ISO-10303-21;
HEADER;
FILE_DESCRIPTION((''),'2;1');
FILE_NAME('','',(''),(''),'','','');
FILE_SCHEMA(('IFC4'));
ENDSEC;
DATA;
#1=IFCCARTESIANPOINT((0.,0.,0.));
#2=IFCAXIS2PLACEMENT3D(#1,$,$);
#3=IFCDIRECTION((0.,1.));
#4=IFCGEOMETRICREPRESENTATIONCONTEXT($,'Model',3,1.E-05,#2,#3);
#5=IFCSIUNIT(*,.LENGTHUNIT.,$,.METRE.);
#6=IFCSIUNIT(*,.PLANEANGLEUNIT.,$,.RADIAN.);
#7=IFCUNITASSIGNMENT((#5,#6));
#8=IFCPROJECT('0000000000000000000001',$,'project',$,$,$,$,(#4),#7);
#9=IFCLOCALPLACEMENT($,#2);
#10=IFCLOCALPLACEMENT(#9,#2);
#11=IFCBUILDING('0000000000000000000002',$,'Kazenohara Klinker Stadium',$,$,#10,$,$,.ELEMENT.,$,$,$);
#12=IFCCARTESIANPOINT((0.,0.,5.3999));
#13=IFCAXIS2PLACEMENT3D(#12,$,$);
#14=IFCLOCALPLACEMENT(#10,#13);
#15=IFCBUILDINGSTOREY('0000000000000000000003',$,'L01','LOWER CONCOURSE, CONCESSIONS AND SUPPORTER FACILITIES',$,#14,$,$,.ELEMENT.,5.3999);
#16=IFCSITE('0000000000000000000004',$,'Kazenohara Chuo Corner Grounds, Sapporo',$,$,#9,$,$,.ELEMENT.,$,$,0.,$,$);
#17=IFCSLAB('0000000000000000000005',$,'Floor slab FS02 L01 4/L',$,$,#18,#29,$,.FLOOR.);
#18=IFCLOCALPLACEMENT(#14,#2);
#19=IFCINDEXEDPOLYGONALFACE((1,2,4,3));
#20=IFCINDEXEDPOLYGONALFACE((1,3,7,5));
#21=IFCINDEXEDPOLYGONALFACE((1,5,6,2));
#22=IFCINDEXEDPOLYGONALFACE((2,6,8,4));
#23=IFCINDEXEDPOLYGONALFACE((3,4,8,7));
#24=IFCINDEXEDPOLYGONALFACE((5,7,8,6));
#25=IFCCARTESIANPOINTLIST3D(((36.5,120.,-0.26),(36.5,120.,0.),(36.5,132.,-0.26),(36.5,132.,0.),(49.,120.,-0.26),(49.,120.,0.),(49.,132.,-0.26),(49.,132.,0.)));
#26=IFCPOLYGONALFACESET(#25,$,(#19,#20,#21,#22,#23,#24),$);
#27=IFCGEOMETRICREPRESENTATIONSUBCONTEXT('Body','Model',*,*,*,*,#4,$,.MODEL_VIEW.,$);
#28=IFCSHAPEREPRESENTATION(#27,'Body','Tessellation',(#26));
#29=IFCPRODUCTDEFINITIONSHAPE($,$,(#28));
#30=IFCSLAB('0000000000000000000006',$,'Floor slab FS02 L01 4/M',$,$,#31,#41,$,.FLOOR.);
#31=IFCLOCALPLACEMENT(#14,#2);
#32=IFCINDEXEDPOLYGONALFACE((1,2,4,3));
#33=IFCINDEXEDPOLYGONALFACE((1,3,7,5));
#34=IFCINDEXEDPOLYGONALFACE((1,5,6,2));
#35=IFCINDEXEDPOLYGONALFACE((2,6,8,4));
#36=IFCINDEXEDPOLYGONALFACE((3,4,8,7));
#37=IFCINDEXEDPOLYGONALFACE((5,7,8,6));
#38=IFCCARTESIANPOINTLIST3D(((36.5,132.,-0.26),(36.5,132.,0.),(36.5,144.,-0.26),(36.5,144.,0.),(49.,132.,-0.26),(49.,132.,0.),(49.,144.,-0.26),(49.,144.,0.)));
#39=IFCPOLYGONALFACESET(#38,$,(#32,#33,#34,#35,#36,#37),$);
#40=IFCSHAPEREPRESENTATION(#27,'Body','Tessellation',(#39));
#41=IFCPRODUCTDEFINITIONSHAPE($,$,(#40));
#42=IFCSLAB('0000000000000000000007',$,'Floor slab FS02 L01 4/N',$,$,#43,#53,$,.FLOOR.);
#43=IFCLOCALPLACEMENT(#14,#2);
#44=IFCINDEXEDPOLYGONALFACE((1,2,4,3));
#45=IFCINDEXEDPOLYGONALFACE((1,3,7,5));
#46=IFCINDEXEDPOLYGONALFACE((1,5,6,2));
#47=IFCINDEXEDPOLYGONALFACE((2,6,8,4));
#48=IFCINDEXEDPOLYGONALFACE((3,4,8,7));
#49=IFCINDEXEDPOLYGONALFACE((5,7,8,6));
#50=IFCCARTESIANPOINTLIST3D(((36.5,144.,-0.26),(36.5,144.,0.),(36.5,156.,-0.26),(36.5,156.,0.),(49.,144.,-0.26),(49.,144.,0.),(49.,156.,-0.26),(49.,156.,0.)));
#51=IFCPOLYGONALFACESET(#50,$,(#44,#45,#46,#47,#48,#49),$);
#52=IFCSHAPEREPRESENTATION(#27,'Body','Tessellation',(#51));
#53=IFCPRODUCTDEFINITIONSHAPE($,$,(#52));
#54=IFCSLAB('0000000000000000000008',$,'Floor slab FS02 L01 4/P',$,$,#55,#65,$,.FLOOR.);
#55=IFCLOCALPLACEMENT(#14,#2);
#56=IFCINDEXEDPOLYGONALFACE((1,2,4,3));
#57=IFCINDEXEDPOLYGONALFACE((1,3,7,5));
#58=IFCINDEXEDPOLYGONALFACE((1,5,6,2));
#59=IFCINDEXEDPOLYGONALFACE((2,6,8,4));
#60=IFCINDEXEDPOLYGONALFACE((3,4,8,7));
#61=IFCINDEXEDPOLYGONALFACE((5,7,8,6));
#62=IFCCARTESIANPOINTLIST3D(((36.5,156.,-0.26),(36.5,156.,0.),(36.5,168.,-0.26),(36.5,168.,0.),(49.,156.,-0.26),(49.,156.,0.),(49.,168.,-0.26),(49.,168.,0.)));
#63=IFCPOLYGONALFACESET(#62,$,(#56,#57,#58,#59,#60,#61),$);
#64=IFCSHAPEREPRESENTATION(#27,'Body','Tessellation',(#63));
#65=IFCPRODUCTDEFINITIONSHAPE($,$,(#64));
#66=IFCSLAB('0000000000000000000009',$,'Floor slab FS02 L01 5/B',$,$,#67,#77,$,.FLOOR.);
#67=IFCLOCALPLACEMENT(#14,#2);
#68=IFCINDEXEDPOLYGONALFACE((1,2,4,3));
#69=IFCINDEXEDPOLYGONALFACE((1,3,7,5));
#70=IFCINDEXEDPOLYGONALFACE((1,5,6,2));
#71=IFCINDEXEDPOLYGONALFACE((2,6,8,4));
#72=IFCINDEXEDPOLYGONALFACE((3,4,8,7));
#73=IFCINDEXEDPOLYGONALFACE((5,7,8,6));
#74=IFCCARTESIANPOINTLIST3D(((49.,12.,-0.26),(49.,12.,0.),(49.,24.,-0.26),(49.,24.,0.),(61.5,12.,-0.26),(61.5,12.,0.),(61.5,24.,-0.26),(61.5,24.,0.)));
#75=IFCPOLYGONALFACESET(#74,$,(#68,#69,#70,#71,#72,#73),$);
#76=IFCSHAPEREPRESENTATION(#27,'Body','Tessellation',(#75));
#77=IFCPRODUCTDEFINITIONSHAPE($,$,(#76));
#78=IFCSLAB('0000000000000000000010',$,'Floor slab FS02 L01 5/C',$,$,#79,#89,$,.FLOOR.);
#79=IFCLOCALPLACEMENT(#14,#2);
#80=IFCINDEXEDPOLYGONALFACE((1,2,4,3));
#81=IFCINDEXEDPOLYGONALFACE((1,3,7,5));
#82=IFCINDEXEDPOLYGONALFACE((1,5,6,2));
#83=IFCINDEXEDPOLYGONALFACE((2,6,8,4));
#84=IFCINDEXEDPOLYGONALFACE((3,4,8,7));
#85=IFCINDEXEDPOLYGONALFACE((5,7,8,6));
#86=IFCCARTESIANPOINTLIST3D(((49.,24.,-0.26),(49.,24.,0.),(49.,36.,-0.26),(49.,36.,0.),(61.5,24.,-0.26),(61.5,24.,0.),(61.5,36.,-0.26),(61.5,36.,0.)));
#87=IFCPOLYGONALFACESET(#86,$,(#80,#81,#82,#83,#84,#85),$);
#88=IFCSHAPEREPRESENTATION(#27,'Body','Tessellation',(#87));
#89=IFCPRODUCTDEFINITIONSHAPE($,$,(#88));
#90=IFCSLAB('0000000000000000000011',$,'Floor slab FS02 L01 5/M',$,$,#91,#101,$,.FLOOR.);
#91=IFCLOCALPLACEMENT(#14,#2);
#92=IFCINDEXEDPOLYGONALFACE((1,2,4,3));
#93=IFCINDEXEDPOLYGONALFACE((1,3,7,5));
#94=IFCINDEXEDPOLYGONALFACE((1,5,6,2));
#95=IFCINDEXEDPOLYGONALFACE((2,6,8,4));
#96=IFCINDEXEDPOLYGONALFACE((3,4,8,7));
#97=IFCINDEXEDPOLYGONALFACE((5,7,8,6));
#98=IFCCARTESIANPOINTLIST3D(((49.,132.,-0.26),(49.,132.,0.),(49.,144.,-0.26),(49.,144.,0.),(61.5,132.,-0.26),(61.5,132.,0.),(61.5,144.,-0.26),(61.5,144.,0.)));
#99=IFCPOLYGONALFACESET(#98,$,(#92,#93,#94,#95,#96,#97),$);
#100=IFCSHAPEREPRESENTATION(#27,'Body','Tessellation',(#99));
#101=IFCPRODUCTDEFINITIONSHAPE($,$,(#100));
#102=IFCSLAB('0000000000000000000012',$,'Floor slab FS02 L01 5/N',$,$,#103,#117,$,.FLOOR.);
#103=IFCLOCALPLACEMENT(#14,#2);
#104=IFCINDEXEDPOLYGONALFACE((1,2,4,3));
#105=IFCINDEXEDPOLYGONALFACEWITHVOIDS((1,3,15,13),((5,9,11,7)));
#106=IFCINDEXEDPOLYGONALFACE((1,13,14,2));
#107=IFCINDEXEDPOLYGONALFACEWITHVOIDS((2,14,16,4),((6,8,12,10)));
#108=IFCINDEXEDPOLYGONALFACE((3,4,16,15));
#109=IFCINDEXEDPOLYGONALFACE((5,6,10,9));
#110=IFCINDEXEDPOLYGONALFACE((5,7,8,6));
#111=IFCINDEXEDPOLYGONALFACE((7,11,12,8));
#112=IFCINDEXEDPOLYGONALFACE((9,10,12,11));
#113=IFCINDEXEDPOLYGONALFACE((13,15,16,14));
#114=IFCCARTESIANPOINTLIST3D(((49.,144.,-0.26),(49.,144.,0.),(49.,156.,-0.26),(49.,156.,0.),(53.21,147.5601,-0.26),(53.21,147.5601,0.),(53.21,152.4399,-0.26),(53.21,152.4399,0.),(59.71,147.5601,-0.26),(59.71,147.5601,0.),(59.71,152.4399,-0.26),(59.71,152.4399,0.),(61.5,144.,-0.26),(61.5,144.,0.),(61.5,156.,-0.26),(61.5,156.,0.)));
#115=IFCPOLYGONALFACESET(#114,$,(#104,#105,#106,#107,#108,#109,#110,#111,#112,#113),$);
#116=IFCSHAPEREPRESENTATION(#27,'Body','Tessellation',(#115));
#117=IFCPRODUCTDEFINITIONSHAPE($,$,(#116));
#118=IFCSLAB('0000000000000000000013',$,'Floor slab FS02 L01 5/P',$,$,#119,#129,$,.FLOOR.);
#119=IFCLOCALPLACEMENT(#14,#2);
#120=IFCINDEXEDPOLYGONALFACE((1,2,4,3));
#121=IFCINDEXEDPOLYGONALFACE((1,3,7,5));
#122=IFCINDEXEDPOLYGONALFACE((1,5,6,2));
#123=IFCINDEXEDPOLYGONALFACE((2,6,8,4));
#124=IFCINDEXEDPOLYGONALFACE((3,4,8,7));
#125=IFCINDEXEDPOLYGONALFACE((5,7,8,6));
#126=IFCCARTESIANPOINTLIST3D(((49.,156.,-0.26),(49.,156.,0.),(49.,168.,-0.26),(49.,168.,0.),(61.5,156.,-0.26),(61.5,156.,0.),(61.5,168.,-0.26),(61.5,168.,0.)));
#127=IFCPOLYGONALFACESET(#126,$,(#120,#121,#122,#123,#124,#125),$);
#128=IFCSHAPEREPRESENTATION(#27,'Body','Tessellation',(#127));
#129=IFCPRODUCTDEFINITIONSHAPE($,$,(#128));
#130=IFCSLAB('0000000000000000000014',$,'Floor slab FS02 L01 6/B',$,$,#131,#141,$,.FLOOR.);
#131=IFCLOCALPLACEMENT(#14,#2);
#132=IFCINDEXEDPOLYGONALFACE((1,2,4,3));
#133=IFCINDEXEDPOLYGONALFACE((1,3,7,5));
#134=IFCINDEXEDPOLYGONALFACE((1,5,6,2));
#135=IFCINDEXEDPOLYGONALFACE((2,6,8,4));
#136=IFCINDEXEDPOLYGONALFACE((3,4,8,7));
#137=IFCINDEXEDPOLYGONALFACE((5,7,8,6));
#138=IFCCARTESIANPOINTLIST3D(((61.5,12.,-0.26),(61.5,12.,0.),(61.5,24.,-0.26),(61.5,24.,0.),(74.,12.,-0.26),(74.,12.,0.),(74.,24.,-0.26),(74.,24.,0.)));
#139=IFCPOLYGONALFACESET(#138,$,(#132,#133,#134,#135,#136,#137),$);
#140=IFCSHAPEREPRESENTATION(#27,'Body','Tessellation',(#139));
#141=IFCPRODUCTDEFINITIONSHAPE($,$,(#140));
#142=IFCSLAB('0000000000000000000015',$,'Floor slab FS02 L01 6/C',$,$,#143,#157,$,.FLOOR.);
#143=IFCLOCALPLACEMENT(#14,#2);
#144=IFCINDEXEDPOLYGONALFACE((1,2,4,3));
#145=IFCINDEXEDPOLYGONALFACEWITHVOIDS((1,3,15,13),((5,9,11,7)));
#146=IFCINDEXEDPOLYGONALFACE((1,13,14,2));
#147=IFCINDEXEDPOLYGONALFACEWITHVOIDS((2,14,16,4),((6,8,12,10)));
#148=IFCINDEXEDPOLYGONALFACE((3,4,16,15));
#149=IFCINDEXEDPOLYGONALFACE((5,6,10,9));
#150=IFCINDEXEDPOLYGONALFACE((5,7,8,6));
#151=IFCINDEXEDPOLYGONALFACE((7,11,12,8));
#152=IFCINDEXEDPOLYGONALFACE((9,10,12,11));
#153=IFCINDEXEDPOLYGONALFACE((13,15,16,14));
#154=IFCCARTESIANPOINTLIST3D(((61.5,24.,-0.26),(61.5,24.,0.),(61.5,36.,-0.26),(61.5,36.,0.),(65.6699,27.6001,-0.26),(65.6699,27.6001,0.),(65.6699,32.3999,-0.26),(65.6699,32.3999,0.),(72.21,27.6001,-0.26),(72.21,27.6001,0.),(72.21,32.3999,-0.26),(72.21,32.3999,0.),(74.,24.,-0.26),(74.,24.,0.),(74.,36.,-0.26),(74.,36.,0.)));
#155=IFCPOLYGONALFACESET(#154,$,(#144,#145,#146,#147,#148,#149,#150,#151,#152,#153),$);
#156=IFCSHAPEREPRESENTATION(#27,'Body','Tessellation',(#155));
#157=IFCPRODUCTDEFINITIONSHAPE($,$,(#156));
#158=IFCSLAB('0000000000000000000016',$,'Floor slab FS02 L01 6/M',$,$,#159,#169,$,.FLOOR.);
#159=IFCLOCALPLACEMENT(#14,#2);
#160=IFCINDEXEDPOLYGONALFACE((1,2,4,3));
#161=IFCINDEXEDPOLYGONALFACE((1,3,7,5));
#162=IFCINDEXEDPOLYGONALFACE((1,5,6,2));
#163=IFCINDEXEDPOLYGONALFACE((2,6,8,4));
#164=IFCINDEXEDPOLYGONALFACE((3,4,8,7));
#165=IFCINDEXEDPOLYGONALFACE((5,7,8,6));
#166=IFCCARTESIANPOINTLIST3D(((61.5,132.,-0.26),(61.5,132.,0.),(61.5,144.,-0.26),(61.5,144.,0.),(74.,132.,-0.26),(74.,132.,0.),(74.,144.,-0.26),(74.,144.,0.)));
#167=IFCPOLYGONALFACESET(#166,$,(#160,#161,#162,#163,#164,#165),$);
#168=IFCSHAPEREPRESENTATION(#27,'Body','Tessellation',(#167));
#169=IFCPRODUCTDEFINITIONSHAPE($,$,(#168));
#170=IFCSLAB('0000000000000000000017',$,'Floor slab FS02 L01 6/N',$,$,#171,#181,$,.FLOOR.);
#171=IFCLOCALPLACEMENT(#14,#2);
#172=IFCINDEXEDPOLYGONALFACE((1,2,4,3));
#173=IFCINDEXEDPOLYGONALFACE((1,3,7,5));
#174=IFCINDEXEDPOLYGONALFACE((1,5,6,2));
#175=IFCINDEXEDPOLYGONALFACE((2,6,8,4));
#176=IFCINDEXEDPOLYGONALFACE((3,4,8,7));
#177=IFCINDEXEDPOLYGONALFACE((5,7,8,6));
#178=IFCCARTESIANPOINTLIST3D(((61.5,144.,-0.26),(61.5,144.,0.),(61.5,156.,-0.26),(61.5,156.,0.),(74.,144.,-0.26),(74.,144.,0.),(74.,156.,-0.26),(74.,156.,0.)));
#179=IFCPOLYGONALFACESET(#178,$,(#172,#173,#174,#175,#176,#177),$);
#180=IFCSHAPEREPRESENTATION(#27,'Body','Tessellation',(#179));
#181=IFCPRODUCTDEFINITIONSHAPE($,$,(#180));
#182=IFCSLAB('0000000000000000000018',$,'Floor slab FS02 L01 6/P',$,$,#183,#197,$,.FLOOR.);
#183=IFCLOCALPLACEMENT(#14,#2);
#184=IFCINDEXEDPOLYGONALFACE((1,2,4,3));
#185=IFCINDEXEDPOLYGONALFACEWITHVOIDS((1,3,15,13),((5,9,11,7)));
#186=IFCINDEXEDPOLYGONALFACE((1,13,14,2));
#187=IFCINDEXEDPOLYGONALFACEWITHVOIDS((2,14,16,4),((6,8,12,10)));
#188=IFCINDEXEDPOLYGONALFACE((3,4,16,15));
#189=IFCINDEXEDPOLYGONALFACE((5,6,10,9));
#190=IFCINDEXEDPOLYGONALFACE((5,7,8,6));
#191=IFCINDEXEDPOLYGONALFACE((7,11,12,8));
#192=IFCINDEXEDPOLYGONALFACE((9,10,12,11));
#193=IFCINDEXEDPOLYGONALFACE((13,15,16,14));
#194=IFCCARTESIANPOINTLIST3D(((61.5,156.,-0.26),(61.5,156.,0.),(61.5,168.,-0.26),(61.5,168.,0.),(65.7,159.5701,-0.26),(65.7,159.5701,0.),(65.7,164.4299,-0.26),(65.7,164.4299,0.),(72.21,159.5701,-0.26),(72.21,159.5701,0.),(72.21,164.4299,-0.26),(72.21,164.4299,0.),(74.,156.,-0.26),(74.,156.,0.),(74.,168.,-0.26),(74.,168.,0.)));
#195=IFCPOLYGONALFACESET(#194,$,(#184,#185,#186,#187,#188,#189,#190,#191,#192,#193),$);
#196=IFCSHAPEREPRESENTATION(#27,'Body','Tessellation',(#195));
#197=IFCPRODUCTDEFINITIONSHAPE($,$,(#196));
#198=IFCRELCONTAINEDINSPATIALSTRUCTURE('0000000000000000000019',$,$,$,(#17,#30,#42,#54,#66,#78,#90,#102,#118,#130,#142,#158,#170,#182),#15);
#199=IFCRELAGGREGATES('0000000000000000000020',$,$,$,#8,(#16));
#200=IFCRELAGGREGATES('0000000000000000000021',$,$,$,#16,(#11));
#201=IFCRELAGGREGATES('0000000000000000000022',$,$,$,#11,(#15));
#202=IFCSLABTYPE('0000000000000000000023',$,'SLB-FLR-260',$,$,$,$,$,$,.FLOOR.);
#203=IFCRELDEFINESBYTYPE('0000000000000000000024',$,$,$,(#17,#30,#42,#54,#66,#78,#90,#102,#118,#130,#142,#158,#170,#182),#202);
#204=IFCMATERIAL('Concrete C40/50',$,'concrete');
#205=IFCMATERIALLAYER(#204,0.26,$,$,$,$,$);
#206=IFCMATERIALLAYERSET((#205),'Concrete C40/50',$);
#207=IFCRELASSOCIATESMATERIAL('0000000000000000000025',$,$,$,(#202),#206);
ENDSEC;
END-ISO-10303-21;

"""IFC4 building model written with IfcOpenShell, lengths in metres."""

from ifc_helpers import new_model, si_unit, direction, frame, origin, place, context, subcontext, project, spatial, polyline, outline, extrude, material, layer, layer_set, type_object, element, save


model = new_model("IFC4")

# Units and contexts
model_context = context("Model", 3, precision=1e-05, world=origin(), true_north=direction((0.0, 1.0)))
body_context = subcontext(model_context, "Body", "Model", "MODEL_VIEW")
ifc_project = project(units=[si_unit("LENGTHUNIT", "METRE"), si_unit("PLANEANGLEUNIT", "RADIAN")], contexts=[model_context])

# Site, building, storey
site_placement = place(None, origin())
site = spatial("IfcSite", under=ifc_project, at=site_placement, Name="Kazenohara Chuo Corner Grounds, Sapporo", CompositionType="ELEMENT", RefElevation=0.0)
building_placement = place(site_placement, origin())
building = spatial("IfcBuilding", under=site, at=building_placement, Name="Kazenohara Klinker Stadium", CompositionType="ELEMENT")
storey_placement = place(building_placement, frame((0.0, 0.0, 5.3999)))
storey = spatial("IfcBuildingStorey", under=building, at=storey_placement, Name="L01", Description="LOWER CONCOURSE, CONCESSIONS AND SUPPORTER FACILITIES", CompositionType="ELEMENT", Elevation=5.3999)

# Slabs
ifc_material = material(Name="Concrete C40/50", Category="concrete")
ifc_layer = layer(ifc_material, 0.26)
ifc_layer_set = layer_set([ifc_layer], Name="Concrete C40/50")
slab_type = type_object("IfcSlabType", Name="SLB-FLR-260", PredefinedType="FLOOR", material=ifc_layer_set)
slab_1_placement = place(storey_placement, frame((0.0, 0.0, -0.26)))
element("IfcSlab", 1, at=slab_1_placement, inside=storey, type_object=slab_type, Name="Floor slab FS02 L01 4/L", PredefinedType="FLOOR", context=body_context, shape_type="SweptSolid", body=[
    extrude(outline(polyline([(36.5, 120.0), (49.0, 120.0), (49.0, 132.0), (36.5, 132.0), (36.5, 120.0)])), origin(), (0.0, 0.0, 1.0), 0.26),
])
slab_2_placement = place(storey_placement, frame((0.0, 0.0, -0.26)))
element("IfcSlab", 2, at=slab_2_placement, inside=storey, type_object=slab_type, Name="Floor slab FS02 L01 4/M", PredefinedType="FLOOR", context=body_context, shape_type="SweptSolid", body=[
    extrude(outline(polyline([(36.5, 132.0), (49.0, 132.0), (49.0, 144.0), (36.5, 144.0), (36.5, 132.0)])), origin(), (0.0, 0.0, 1.0), 0.26),
])
slab_3_placement = place(storey_placement, frame((0.0, 0.0, -0.26)))
element("IfcSlab", 3, at=slab_3_placement, inside=storey, type_object=slab_type, Name="Floor slab FS02 L01 4/N", PredefinedType="FLOOR", context=body_context, shape_type="SweptSolid", body=[
    extrude(outline(polyline([(36.5, 144.0), (49.0, 144.0), (49.0, 156.0), (36.5, 156.0), (36.5, 144.0)])), origin(), (0.0, 0.0, 1.0), 0.26),
])
slab_4_placement = place(storey_placement, frame((0.0, 0.0, -0.26)))
element("IfcSlab", 4, at=slab_4_placement, inside=storey, type_object=slab_type, Name="Floor slab FS02 L01 4/P", PredefinedType="FLOOR", context=body_context, shape_type="SweptSolid", body=[
    extrude(outline(polyline([(36.5, 156.0), (49.0, 156.0), (49.0, 168.0), (36.5, 168.0), (36.5, 156.0)])), origin(), (0.0, 0.0, 1.0), 0.26),
])
slab_5_placement = place(storey_placement, frame((0.0, 0.0, -0.26)))
element("IfcSlab", 5, at=slab_5_placement, inside=storey, type_object=slab_type, Name="Floor slab FS02 L01 5/B", PredefinedType="FLOOR", context=body_context, shape_type="SweptSolid", body=[
    extrude(outline(polyline([(49.0, 12.0), (61.5, 12.0), (61.5, 24.0), (49.0, 24.0), (49.0, 12.0)])), origin(), (0.0, 0.0, 1.0), 0.26),
])
slab_6_placement = place(storey_placement, frame((0.0, 0.0, -0.26)))
element("IfcSlab", 6, at=slab_6_placement, inside=storey, type_object=slab_type, Name="Floor slab FS02 L01 5/C", PredefinedType="FLOOR", context=body_context, shape_type="SweptSolid", body=[
    extrude(outline(polyline([(49.0, 24.0), (61.5, 24.0), (61.5, 36.0), (49.0, 36.0), (49.0, 24.0)])), origin(), (0.0, 0.0, 1.0), 0.26),
])
slab_7_placement = place(storey_placement, frame((0.0, 0.0, -0.26)))
element("IfcSlab", 7, at=slab_7_placement, inside=storey, type_object=slab_type, Name="Floor slab FS02 L01 5/M", PredefinedType="FLOOR", context=body_context, shape_type="SweptSolid", body=[
    extrude(outline(polyline([(49.0, 132.0), (61.5, 132.0), (61.5, 144.0), (49.0, 144.0), (49.0, 132.0)])), origin(), (0.0, 0.0, 1.0), 0.26),
])
slab_8_placement = place(storey_placement, frame((0.0, 0.0, -0.26)))
element("IfcSlab", 8, at=slab_8_placement, inside=storey, type_object=slab_type, Name="Floor slab FS02 L01 5/N", PredefinedType="FLOOR", context=body_context, shape_type="SweptSolid", body=[
    extrude(outline(polyline([(49.0, 144.0), (61.5, 144.0), (61.5, 156.0), (49.0, 156.0), (49.0, 144.0)]), holes=[polyline([(53.21, 147.5601), (59.71, 147.5601), (59.71, 152.4399), (53.21, 152.4399), (53.21, 147.5601)])]), origin(), (0.0, 0.0, 1.0), 0.26),
])
slab_9_placement = place(storey_placement, frame((0.0, 0.0, -0.26)))
element("IfcSlab", 9, at=slab_9_placement, inside=storey, type_object=slab_type, Name="Floor slab FS02 L01 5/P", PredefinedType="FLOOR", context=body_context, shape_type="SweptSolid", body=[
    extrude(outline(polyline([(49.0, 156.0), (61.5, 156.0), (61.5, 168.0), (49.0, 168.0), (49.0, 156.0)])), origin(), (0.0, 0.0, 1.0), 0.26),
])
slab_10_placement = place(storey_placement, frame((0.0, 0.0, -0.26)))
element("IfcSlab", 10, at=slab_10_placement, inside=storey, type_object=slab_type, Name="Floor slab FS02 L01 6/B", PredefinedType="FLOOR", context=body_context, shape_type="SweptSolid", body=[
    extrude(outline(polyline([(61.5, 12.0), (74.0, 12.0), (74.0, 24.0), (61.5, 24.0), (61.5, 12.0)])), origin(), (0.0, 0.0, 1.0), 0.26),
])
slab_11_placement = place(storey_placement, frame((0.0, 0.0, -0.26)))
element("IfcSlab", 11, at=slab_11_placement, inside=storey, type_object=slab_type, Name="Floor slab FS02 L01 6/C", PredefinedType="FLOOR", context=body_context, shape_type="SweptSolid", body=[
    extrude(outline(polyline([(61.5, 24.0), (74.0, 24.0), (74.0, 36.0), (61.5, 36.0), (61.5, 24.0)]), holes=[polyline([(65.6699, 27.6001), (72.21, 27.6001), (72.21, 32.3999), (65.6699, 32.3999), (65.6699, 27.6001)])]), origin(), (0.0, 0.0, 1.0), 0.26),
])
slab_12_placement = place(storey_placement, frame((0.0, 0.0, -0.26)))
element("IfcSlab", 12, at=slab_12_placement, inside=storey, type_object=slab_type, Name="Floor slab FS02 L01 6/M", PredefinedType="FLOOR", context=body_context, shape_type="SweptSolid", body=[
    extrude(outline(polyline([(61.5, 132.0), (74.0, 132.0), (74.0, 144.0), (61.5, 144.0), (61.5, 132.0)])), origin(), (0.0, 0.0, 1.0), 0.26),
])
slab_13_placement = place(storey_placement, frame((0.0, 0.0, -0.26)))
element("IfcSlab", 13, at=slab_13_placement, inside=storey, type_object=slab_type, Name="Floor slab FS02 L01 6/N", PredefinedType="FLOOR", context=body_context, shape_type="SweptSolid", body=[
    extrude(outline(polyline([(61.5, 144.0), (74.0, 144.0), (74.0, 156.0), (61.5, 156.0), (61.5, 144.0)])), origin(), (0.0, 0.0, 1.0), 0.26),
])
slab_14_placement = place(storey_placement, frame((0.0, 0.0, -0.26)))
element("IfcSlab", 14, at=slab_14_placement, inside=storey, type_object=slab_type, Name="Floor slab FS02 L01 6/P", PredefinedType="FLOOR", context=body_context, shape_type="SweptSolid", body=[
    extrude(outline(polyline([(61.5, 156.0), (74.0, 156.0), (74.0, 168.0), (61.5, 168.0), (61.5, 156.0)]), holes=[polyline([(65.7, 159.5701), (72.21, 159.5701), (72.21, 164.4299), (65.7, 164.4299), (65.7, 159.5701)])]), origin(), (0.0, 0.0, 1.0), 0.26),
])

save(model, "model.ifc")
